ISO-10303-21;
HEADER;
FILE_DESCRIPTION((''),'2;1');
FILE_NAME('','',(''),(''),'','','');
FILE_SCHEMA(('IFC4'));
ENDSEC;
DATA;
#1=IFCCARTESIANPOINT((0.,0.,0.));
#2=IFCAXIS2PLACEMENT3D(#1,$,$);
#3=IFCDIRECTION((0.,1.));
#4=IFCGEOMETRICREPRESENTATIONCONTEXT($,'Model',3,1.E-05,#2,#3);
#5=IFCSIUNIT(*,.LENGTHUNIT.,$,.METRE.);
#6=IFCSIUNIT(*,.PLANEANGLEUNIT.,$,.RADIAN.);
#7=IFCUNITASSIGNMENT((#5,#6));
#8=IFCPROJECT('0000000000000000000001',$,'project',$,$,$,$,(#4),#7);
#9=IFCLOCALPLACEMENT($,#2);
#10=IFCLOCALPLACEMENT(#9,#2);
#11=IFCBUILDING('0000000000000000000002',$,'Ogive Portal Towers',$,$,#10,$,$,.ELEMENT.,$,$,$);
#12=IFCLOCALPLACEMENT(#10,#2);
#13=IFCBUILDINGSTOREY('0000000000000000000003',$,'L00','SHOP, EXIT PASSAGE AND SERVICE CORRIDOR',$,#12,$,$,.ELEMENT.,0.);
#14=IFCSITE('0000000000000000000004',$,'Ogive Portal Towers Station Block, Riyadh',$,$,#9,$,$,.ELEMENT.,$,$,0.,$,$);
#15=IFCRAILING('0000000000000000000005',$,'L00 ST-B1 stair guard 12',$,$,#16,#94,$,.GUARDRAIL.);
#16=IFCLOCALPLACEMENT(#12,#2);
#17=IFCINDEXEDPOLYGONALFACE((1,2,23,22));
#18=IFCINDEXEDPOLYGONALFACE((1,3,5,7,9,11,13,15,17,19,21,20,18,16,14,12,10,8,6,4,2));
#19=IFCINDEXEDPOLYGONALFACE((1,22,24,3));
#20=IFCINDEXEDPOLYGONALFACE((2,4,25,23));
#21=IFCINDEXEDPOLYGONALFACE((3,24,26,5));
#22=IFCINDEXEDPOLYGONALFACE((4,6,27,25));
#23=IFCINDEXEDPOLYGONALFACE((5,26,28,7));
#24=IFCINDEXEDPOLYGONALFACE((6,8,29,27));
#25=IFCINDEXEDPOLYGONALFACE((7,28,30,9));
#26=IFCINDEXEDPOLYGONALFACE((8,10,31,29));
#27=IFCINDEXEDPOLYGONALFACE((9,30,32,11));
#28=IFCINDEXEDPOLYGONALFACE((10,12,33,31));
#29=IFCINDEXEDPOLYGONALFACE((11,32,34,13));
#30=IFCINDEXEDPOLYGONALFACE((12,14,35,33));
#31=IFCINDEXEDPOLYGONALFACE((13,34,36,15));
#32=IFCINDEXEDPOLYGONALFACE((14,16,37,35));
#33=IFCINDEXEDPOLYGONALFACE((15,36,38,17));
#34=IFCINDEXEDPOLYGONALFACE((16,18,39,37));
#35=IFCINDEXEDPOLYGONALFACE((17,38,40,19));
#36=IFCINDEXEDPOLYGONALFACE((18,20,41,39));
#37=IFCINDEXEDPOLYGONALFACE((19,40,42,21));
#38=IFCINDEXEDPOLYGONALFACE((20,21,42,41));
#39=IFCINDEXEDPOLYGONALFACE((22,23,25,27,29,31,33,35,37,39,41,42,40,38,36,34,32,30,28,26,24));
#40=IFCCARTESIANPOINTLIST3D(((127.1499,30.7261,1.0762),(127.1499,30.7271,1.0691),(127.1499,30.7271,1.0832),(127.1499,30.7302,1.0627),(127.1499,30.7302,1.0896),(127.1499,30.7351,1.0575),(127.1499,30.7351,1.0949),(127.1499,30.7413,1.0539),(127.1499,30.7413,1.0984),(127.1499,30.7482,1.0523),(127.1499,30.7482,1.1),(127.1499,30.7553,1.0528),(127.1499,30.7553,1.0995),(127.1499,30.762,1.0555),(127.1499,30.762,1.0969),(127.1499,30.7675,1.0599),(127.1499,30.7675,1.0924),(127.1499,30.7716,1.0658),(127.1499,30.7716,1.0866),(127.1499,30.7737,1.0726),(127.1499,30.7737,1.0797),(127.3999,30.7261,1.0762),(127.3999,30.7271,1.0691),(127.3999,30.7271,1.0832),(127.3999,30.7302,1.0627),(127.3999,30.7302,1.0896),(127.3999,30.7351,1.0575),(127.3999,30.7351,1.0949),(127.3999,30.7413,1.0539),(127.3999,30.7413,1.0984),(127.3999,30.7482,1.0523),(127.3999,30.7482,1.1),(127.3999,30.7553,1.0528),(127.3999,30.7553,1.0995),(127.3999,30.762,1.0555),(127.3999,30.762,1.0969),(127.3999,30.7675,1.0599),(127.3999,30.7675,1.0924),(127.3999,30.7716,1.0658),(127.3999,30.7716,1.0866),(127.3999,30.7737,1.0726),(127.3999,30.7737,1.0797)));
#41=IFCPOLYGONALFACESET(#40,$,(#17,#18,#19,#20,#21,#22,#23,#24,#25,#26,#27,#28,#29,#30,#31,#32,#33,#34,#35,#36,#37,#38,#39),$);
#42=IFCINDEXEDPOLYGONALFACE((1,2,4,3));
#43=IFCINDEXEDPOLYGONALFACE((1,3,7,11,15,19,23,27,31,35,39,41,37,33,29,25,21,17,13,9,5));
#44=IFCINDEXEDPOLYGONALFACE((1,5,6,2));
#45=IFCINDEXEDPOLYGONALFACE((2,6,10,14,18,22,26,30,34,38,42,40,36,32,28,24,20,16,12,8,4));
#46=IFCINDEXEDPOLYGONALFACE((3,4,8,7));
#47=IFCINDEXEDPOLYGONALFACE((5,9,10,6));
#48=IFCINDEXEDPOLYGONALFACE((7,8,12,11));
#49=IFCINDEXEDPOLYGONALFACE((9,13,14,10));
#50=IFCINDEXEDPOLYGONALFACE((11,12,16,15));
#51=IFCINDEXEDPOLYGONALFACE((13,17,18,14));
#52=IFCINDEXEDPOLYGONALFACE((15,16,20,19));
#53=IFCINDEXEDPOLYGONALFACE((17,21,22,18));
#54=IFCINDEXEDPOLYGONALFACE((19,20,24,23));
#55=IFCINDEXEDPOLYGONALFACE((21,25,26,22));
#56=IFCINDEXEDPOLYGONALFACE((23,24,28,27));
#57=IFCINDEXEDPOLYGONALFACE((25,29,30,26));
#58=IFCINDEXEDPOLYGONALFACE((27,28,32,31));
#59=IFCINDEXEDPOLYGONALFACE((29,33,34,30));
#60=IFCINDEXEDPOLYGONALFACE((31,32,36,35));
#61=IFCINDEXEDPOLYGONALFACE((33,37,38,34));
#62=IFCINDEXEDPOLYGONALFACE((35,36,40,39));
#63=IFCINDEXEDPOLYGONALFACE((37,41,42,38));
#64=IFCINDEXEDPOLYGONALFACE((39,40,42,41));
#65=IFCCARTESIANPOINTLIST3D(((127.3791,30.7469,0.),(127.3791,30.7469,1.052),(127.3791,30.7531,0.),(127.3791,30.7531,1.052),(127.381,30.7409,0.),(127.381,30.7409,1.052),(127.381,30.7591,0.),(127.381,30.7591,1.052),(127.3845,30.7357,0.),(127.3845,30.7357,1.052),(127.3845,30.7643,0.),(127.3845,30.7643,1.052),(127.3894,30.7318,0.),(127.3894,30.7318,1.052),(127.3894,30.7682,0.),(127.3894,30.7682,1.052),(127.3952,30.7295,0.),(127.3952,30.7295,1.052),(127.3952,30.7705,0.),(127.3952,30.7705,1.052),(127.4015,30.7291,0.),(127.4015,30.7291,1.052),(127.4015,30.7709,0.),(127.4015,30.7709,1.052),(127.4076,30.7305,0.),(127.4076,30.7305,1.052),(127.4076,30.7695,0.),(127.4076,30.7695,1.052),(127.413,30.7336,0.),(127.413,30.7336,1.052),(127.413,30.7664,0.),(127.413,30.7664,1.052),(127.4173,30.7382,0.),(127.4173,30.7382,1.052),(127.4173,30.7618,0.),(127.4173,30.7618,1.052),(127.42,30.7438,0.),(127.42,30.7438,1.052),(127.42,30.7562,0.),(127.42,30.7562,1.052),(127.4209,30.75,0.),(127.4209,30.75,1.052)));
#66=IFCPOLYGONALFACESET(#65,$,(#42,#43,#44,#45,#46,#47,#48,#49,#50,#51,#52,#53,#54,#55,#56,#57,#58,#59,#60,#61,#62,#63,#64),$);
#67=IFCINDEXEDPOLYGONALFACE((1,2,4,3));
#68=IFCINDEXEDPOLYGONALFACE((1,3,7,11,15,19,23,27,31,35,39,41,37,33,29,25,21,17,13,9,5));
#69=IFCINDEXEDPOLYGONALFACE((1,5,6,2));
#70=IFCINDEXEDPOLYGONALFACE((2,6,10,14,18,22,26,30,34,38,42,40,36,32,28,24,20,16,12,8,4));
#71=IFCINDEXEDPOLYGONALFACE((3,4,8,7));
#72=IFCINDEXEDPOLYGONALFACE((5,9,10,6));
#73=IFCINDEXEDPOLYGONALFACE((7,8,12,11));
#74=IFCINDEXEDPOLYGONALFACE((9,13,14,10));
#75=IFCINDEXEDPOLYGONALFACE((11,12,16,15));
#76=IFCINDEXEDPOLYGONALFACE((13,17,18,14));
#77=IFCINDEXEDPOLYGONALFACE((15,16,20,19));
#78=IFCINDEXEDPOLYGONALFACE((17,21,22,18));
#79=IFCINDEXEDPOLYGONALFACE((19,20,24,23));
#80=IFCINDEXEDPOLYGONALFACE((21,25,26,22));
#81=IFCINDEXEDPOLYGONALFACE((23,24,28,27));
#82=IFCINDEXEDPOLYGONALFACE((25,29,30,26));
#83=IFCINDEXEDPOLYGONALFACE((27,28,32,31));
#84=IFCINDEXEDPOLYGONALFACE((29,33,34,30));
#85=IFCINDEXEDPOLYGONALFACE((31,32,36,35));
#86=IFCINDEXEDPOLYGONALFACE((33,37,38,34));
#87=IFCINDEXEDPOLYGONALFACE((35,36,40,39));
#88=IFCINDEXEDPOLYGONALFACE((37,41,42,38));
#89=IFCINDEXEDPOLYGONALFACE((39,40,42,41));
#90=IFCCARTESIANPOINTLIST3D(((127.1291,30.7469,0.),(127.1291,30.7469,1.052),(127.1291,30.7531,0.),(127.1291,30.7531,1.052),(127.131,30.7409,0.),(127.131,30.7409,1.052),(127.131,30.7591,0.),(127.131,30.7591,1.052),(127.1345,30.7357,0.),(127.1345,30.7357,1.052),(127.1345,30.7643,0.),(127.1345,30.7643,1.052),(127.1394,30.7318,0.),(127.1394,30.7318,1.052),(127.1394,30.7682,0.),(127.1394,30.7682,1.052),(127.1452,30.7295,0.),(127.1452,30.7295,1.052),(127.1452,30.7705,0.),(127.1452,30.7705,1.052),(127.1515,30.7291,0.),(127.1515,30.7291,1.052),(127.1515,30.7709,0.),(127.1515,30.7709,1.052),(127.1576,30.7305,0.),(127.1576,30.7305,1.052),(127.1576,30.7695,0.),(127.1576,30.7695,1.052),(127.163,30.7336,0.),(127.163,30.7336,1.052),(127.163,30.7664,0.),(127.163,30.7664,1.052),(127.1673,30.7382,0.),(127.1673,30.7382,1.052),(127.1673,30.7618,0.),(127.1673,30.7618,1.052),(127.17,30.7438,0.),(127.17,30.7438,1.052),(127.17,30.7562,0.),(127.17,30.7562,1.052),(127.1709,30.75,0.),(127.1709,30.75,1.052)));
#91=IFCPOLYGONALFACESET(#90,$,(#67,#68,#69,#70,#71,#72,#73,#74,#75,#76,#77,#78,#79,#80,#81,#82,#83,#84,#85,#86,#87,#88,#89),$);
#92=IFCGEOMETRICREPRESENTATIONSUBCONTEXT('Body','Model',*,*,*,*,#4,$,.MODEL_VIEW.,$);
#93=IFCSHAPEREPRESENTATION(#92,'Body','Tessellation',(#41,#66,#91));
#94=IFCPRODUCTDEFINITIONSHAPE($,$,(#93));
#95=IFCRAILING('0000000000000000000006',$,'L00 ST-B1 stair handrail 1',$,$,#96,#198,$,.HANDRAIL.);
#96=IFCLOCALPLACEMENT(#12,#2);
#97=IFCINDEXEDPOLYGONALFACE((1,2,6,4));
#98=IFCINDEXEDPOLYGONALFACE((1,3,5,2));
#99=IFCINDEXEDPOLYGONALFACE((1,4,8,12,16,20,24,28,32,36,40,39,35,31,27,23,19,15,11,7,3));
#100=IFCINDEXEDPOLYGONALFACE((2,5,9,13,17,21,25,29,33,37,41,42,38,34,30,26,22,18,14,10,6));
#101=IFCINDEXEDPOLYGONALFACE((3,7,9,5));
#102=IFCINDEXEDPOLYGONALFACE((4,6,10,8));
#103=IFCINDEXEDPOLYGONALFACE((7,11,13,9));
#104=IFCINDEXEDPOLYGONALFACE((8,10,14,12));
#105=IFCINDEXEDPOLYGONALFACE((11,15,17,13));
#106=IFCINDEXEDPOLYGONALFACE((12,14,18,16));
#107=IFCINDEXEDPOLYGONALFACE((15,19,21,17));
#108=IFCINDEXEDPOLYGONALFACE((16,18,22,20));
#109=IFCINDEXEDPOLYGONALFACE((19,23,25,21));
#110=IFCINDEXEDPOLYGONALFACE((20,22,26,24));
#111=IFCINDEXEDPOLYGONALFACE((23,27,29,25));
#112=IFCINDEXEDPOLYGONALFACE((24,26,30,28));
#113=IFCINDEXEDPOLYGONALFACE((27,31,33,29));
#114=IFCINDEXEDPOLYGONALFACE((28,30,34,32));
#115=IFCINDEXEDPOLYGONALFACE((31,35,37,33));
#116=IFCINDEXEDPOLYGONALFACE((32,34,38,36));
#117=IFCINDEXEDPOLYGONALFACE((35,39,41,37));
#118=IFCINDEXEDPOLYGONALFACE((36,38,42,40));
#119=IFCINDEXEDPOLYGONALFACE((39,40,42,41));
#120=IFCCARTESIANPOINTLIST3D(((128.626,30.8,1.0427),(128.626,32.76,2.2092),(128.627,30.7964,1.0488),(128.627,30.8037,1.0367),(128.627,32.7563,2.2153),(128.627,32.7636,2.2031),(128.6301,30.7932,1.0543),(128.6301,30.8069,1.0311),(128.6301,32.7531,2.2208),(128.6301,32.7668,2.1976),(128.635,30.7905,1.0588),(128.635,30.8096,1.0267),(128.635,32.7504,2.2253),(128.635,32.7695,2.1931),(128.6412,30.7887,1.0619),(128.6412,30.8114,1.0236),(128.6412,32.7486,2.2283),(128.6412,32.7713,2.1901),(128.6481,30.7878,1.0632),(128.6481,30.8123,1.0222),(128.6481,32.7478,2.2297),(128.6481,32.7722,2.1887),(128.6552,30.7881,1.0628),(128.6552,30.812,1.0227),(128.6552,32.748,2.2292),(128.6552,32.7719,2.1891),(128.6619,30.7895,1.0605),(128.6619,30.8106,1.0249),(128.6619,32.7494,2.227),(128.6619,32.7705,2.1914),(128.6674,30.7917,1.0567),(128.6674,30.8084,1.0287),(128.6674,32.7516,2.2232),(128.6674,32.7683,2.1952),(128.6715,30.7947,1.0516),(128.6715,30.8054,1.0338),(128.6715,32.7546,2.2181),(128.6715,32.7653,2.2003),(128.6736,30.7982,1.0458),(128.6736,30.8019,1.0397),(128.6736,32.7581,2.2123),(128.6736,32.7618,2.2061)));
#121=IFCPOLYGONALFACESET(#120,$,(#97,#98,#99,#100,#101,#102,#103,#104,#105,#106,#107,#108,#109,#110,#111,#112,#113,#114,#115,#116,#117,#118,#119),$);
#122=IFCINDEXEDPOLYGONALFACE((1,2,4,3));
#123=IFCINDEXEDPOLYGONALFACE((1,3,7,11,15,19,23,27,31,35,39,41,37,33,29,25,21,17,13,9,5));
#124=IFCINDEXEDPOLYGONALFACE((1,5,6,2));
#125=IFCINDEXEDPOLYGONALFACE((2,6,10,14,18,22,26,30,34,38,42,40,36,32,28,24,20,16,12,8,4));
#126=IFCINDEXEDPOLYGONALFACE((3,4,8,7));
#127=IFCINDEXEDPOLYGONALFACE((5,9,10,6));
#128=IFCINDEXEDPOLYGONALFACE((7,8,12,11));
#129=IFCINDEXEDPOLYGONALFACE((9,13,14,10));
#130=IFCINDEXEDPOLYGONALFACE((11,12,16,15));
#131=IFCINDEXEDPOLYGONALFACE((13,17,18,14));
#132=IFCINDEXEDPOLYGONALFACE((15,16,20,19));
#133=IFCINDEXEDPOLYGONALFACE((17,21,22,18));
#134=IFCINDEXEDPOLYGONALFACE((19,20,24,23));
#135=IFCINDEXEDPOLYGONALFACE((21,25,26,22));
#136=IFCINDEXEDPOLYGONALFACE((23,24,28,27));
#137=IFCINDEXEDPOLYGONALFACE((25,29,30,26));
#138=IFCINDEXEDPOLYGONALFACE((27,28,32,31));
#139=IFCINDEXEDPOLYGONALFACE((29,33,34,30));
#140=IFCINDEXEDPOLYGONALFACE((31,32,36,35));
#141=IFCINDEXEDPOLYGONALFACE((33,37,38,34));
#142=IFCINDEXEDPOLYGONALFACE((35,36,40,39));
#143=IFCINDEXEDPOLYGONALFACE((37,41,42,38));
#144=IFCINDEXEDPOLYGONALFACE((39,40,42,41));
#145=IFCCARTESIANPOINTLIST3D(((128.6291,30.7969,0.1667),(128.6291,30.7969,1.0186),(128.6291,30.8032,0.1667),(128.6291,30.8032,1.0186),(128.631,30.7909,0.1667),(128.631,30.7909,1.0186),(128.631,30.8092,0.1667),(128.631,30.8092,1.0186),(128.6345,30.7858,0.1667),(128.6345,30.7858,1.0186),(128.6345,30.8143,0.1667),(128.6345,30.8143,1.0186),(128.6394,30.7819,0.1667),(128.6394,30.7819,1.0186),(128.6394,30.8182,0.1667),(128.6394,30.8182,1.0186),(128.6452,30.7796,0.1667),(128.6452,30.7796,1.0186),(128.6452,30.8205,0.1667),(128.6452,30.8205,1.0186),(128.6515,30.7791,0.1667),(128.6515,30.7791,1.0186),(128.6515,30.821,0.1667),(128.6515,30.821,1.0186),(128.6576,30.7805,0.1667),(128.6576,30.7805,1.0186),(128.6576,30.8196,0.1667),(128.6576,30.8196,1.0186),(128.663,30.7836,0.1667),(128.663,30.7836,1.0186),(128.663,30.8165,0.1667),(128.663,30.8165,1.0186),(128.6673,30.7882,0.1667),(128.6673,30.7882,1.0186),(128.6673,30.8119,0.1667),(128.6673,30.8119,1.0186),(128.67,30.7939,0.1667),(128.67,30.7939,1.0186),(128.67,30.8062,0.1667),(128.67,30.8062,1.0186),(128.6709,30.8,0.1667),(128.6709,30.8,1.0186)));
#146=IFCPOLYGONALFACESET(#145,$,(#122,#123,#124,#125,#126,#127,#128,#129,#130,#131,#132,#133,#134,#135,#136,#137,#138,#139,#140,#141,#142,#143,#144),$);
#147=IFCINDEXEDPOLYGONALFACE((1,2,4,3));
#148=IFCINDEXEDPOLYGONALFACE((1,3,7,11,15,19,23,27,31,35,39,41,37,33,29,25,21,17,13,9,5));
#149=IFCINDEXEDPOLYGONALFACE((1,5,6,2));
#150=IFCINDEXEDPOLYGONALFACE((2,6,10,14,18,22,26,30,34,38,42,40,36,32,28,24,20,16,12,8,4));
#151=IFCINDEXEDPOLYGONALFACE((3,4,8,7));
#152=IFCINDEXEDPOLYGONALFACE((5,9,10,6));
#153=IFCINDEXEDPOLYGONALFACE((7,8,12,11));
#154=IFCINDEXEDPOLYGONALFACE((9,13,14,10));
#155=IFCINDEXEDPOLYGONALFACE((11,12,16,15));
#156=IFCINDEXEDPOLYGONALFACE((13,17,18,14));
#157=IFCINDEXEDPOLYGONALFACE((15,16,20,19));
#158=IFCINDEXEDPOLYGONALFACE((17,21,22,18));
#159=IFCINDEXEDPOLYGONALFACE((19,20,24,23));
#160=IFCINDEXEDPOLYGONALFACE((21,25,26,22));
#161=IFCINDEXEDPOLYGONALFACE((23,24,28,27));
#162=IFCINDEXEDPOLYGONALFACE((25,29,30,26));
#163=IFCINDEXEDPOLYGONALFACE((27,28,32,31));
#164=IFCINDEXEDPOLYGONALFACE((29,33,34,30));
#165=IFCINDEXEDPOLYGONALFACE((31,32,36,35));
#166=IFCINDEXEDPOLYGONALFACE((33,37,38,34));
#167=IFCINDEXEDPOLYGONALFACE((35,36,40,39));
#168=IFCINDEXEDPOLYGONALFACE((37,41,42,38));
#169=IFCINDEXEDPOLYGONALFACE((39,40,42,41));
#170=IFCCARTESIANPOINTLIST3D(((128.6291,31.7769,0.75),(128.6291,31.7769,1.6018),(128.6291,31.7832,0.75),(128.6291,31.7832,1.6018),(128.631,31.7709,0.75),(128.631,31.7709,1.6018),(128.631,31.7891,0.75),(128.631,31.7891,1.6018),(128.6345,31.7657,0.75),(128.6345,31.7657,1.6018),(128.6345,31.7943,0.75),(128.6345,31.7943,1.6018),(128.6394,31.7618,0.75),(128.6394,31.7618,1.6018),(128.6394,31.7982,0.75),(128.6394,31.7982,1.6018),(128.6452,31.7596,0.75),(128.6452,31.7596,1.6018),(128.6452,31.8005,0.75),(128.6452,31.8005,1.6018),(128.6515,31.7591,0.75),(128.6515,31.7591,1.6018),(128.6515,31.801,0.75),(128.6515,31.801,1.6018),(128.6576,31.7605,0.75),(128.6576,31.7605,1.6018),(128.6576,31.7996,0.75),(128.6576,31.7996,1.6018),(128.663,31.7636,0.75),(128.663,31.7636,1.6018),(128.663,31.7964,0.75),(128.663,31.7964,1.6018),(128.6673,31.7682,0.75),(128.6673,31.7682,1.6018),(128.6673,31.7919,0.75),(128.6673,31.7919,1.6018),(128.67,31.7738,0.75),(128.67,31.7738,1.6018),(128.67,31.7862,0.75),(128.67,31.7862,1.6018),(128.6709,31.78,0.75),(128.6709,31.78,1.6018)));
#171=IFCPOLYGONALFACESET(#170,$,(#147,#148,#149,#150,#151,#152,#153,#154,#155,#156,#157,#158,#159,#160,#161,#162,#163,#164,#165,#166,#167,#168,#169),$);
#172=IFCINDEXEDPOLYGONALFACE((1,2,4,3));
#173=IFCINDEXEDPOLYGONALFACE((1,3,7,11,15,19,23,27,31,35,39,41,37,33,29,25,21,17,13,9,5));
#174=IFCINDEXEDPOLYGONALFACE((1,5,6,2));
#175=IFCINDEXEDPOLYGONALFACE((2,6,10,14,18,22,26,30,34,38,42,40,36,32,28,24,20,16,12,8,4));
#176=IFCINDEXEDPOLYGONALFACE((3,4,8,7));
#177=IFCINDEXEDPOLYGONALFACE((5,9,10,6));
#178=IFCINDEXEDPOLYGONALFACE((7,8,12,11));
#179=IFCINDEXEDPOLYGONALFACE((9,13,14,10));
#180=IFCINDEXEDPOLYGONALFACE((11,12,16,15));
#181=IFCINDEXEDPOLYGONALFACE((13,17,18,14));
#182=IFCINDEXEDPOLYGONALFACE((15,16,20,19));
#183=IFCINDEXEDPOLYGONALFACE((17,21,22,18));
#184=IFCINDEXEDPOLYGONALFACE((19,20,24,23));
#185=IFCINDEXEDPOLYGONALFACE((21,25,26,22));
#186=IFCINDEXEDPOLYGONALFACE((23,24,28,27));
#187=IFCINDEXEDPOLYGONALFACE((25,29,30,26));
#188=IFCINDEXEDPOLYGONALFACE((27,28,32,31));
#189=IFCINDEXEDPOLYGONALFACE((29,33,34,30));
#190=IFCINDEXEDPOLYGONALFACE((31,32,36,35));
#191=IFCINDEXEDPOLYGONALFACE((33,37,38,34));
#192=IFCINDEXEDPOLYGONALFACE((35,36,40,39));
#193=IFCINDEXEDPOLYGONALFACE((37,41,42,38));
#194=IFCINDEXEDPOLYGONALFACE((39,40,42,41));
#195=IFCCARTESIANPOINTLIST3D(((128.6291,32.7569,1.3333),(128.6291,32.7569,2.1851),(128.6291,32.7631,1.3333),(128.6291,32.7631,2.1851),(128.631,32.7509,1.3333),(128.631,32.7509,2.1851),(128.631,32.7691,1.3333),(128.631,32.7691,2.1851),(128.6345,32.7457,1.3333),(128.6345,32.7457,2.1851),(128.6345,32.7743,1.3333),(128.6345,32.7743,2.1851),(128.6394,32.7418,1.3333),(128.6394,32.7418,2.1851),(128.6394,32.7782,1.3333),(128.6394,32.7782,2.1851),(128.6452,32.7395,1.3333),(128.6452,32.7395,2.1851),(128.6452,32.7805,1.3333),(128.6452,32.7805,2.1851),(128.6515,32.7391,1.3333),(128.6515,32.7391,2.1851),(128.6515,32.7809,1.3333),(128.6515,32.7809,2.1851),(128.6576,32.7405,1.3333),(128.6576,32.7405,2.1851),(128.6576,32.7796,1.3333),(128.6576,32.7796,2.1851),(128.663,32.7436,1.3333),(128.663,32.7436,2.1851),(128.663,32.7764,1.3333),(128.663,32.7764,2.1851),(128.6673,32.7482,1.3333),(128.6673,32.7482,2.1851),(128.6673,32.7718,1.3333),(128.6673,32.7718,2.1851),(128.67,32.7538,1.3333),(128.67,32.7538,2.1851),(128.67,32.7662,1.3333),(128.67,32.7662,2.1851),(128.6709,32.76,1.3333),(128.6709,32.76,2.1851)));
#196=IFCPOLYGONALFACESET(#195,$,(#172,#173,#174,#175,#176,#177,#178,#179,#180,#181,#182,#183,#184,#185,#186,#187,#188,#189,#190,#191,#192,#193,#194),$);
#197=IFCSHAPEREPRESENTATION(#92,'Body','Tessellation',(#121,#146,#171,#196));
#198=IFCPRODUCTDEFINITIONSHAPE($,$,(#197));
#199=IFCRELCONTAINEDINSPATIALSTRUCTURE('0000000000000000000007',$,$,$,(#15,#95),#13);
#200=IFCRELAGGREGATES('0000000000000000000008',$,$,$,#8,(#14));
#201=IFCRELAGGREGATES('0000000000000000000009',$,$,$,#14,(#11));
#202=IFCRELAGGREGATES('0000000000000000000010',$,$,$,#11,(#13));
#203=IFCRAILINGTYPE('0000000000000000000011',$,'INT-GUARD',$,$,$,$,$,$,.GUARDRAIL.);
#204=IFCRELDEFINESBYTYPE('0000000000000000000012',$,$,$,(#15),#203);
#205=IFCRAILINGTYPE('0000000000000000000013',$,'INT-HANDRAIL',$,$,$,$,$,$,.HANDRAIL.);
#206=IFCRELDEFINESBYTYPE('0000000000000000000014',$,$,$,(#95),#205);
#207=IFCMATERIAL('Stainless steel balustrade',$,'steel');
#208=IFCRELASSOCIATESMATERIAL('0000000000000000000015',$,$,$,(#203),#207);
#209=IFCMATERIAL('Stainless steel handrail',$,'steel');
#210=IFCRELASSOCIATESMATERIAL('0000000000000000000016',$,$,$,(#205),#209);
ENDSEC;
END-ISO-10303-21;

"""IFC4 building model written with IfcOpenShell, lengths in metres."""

from ifc_helpers import new_model, si_unit, direction, frame, origin, origin_2d, place, context, subcontext, project, spatial, circle, extrude, material, type_object, element, save


model = new_model("IFC4")

# Units and contexts
model_context = context("Model", 3, precision=1e-05, world=origin(), true_north=direction((0.0, 1.0)))
body_context = subcontext(model_context, "Body", "Model", "MODEL_VIEW")
ifc_project = project(units=[si_unit("LENGTHUNIT", "METRE"), si_unit("PLANEANGLEUNIT", "RADIAN")], contexts=[model_context])

# Site, building, storey
site_placement = place(None, origin())
site = spatial("IfcSite", under=ifc_project, at=site_placement, Name="Ogive Portal Towers Station Block, Riyadh", CompositionType="ELEMENT", RefElevation=0.0)
building_placement = place(site_placement, origin())
building = spatial("IfcBuilding", under=site, at=building_placement, Name="Ogive Portal Towers", CompositionType="ELEMENT")
storey_placement = place(building_placement, origin())
storey = spatial("IfcBuildingStorey", under=building, at=storey_placement, Name="L00", Description="SHOP, EXIT PASSAGE AND SERVICE CORRIDOR", CompositionType="ELEMENT", Elevation=0.0)

# Railings
ifc_material_1 = material(Name="Stainless steel balustrade", Category="steel")
railing_type_1 = type_object("IfcRailingType", Name="INT-GUARD", PredefinedType="GUARDRAIL", material=ifc_material_1)
railing_1_placement = place(storey_placement, frame((127.3999, 30.75, 0.0)))
element("IfcRailing", 1, at=railing_1_placement, inside=storey, type_object=railing_type_1, Name="L00 ST-B1 stair guard 12", PredefinedType="GUARDRAIL", context=body_context, shape_type="SweptSolid", body=[
    extrude(circle(Radius=0.0239, at=origin_2d()), frame((0.0, 0.0, 1.0762), z_axis=(-1.0, 0.0, 0.0), x_axis=(0.0, -1.0, 0.0)), (0.0, 0.0, 1.0), 0.25),
    extrude(circle(Radius=0.021, at=origin_2d()), origin(), (0.0, 0.0, 1.0), 1.052),
    extrude(circle(Radius=0.021, at=origin_2d()), frame((-0.25, 0.0, 0.0)), (0.0, 0.0, 1.0), 1.052),
])
ifc_material_2 = material(Name="Stainless steel handrail", Category="steel")
railing_type_2 = type_object("IfcRailingType", Name="INT-HANDRAIL", PredefinedType="HANDRAIL", material=ifc_material_2)
railing_2_placement = place(storey_placement, frame((128.6499, 30.8, 0.1667)))
element("IfcRailing", 2, at=railing_2_placement, inside=storey, type_object=railing_type_2, Name="L00 ST-B1 stair handrail 1", PredefinedType="HANDRAIL", context=body_context, shape_type="SweptSolid", body=[
    extrude(circle(Radius=0.0239, at=origin_2d()), frame((0.0, 0.0, 0.876), z_axis=(0.0, 0.85932, 0.511439), x_axis=(-1.0, 0.0, 0.0)), (0.0, 0.0, 1.0), 2.2808),
    extrude(circle(Radius=0.021, at=origin_2d()), origin(), (0.0, 0.0, 1.0), 0.8518),
    extrude(circle(Radius=0.021, at=origin_2d()), frame((0.0, 0.98, 0.5833)), (0.0, 0.0, 1.0), 0.8518),
    extrude(circle(Radius=0.021, at=origin_2d()), frame((0.0, 1.96, 1.1665)), (0.0, 0.0, 1.0), 0.8518),
])

save(model, "model.ifc")
